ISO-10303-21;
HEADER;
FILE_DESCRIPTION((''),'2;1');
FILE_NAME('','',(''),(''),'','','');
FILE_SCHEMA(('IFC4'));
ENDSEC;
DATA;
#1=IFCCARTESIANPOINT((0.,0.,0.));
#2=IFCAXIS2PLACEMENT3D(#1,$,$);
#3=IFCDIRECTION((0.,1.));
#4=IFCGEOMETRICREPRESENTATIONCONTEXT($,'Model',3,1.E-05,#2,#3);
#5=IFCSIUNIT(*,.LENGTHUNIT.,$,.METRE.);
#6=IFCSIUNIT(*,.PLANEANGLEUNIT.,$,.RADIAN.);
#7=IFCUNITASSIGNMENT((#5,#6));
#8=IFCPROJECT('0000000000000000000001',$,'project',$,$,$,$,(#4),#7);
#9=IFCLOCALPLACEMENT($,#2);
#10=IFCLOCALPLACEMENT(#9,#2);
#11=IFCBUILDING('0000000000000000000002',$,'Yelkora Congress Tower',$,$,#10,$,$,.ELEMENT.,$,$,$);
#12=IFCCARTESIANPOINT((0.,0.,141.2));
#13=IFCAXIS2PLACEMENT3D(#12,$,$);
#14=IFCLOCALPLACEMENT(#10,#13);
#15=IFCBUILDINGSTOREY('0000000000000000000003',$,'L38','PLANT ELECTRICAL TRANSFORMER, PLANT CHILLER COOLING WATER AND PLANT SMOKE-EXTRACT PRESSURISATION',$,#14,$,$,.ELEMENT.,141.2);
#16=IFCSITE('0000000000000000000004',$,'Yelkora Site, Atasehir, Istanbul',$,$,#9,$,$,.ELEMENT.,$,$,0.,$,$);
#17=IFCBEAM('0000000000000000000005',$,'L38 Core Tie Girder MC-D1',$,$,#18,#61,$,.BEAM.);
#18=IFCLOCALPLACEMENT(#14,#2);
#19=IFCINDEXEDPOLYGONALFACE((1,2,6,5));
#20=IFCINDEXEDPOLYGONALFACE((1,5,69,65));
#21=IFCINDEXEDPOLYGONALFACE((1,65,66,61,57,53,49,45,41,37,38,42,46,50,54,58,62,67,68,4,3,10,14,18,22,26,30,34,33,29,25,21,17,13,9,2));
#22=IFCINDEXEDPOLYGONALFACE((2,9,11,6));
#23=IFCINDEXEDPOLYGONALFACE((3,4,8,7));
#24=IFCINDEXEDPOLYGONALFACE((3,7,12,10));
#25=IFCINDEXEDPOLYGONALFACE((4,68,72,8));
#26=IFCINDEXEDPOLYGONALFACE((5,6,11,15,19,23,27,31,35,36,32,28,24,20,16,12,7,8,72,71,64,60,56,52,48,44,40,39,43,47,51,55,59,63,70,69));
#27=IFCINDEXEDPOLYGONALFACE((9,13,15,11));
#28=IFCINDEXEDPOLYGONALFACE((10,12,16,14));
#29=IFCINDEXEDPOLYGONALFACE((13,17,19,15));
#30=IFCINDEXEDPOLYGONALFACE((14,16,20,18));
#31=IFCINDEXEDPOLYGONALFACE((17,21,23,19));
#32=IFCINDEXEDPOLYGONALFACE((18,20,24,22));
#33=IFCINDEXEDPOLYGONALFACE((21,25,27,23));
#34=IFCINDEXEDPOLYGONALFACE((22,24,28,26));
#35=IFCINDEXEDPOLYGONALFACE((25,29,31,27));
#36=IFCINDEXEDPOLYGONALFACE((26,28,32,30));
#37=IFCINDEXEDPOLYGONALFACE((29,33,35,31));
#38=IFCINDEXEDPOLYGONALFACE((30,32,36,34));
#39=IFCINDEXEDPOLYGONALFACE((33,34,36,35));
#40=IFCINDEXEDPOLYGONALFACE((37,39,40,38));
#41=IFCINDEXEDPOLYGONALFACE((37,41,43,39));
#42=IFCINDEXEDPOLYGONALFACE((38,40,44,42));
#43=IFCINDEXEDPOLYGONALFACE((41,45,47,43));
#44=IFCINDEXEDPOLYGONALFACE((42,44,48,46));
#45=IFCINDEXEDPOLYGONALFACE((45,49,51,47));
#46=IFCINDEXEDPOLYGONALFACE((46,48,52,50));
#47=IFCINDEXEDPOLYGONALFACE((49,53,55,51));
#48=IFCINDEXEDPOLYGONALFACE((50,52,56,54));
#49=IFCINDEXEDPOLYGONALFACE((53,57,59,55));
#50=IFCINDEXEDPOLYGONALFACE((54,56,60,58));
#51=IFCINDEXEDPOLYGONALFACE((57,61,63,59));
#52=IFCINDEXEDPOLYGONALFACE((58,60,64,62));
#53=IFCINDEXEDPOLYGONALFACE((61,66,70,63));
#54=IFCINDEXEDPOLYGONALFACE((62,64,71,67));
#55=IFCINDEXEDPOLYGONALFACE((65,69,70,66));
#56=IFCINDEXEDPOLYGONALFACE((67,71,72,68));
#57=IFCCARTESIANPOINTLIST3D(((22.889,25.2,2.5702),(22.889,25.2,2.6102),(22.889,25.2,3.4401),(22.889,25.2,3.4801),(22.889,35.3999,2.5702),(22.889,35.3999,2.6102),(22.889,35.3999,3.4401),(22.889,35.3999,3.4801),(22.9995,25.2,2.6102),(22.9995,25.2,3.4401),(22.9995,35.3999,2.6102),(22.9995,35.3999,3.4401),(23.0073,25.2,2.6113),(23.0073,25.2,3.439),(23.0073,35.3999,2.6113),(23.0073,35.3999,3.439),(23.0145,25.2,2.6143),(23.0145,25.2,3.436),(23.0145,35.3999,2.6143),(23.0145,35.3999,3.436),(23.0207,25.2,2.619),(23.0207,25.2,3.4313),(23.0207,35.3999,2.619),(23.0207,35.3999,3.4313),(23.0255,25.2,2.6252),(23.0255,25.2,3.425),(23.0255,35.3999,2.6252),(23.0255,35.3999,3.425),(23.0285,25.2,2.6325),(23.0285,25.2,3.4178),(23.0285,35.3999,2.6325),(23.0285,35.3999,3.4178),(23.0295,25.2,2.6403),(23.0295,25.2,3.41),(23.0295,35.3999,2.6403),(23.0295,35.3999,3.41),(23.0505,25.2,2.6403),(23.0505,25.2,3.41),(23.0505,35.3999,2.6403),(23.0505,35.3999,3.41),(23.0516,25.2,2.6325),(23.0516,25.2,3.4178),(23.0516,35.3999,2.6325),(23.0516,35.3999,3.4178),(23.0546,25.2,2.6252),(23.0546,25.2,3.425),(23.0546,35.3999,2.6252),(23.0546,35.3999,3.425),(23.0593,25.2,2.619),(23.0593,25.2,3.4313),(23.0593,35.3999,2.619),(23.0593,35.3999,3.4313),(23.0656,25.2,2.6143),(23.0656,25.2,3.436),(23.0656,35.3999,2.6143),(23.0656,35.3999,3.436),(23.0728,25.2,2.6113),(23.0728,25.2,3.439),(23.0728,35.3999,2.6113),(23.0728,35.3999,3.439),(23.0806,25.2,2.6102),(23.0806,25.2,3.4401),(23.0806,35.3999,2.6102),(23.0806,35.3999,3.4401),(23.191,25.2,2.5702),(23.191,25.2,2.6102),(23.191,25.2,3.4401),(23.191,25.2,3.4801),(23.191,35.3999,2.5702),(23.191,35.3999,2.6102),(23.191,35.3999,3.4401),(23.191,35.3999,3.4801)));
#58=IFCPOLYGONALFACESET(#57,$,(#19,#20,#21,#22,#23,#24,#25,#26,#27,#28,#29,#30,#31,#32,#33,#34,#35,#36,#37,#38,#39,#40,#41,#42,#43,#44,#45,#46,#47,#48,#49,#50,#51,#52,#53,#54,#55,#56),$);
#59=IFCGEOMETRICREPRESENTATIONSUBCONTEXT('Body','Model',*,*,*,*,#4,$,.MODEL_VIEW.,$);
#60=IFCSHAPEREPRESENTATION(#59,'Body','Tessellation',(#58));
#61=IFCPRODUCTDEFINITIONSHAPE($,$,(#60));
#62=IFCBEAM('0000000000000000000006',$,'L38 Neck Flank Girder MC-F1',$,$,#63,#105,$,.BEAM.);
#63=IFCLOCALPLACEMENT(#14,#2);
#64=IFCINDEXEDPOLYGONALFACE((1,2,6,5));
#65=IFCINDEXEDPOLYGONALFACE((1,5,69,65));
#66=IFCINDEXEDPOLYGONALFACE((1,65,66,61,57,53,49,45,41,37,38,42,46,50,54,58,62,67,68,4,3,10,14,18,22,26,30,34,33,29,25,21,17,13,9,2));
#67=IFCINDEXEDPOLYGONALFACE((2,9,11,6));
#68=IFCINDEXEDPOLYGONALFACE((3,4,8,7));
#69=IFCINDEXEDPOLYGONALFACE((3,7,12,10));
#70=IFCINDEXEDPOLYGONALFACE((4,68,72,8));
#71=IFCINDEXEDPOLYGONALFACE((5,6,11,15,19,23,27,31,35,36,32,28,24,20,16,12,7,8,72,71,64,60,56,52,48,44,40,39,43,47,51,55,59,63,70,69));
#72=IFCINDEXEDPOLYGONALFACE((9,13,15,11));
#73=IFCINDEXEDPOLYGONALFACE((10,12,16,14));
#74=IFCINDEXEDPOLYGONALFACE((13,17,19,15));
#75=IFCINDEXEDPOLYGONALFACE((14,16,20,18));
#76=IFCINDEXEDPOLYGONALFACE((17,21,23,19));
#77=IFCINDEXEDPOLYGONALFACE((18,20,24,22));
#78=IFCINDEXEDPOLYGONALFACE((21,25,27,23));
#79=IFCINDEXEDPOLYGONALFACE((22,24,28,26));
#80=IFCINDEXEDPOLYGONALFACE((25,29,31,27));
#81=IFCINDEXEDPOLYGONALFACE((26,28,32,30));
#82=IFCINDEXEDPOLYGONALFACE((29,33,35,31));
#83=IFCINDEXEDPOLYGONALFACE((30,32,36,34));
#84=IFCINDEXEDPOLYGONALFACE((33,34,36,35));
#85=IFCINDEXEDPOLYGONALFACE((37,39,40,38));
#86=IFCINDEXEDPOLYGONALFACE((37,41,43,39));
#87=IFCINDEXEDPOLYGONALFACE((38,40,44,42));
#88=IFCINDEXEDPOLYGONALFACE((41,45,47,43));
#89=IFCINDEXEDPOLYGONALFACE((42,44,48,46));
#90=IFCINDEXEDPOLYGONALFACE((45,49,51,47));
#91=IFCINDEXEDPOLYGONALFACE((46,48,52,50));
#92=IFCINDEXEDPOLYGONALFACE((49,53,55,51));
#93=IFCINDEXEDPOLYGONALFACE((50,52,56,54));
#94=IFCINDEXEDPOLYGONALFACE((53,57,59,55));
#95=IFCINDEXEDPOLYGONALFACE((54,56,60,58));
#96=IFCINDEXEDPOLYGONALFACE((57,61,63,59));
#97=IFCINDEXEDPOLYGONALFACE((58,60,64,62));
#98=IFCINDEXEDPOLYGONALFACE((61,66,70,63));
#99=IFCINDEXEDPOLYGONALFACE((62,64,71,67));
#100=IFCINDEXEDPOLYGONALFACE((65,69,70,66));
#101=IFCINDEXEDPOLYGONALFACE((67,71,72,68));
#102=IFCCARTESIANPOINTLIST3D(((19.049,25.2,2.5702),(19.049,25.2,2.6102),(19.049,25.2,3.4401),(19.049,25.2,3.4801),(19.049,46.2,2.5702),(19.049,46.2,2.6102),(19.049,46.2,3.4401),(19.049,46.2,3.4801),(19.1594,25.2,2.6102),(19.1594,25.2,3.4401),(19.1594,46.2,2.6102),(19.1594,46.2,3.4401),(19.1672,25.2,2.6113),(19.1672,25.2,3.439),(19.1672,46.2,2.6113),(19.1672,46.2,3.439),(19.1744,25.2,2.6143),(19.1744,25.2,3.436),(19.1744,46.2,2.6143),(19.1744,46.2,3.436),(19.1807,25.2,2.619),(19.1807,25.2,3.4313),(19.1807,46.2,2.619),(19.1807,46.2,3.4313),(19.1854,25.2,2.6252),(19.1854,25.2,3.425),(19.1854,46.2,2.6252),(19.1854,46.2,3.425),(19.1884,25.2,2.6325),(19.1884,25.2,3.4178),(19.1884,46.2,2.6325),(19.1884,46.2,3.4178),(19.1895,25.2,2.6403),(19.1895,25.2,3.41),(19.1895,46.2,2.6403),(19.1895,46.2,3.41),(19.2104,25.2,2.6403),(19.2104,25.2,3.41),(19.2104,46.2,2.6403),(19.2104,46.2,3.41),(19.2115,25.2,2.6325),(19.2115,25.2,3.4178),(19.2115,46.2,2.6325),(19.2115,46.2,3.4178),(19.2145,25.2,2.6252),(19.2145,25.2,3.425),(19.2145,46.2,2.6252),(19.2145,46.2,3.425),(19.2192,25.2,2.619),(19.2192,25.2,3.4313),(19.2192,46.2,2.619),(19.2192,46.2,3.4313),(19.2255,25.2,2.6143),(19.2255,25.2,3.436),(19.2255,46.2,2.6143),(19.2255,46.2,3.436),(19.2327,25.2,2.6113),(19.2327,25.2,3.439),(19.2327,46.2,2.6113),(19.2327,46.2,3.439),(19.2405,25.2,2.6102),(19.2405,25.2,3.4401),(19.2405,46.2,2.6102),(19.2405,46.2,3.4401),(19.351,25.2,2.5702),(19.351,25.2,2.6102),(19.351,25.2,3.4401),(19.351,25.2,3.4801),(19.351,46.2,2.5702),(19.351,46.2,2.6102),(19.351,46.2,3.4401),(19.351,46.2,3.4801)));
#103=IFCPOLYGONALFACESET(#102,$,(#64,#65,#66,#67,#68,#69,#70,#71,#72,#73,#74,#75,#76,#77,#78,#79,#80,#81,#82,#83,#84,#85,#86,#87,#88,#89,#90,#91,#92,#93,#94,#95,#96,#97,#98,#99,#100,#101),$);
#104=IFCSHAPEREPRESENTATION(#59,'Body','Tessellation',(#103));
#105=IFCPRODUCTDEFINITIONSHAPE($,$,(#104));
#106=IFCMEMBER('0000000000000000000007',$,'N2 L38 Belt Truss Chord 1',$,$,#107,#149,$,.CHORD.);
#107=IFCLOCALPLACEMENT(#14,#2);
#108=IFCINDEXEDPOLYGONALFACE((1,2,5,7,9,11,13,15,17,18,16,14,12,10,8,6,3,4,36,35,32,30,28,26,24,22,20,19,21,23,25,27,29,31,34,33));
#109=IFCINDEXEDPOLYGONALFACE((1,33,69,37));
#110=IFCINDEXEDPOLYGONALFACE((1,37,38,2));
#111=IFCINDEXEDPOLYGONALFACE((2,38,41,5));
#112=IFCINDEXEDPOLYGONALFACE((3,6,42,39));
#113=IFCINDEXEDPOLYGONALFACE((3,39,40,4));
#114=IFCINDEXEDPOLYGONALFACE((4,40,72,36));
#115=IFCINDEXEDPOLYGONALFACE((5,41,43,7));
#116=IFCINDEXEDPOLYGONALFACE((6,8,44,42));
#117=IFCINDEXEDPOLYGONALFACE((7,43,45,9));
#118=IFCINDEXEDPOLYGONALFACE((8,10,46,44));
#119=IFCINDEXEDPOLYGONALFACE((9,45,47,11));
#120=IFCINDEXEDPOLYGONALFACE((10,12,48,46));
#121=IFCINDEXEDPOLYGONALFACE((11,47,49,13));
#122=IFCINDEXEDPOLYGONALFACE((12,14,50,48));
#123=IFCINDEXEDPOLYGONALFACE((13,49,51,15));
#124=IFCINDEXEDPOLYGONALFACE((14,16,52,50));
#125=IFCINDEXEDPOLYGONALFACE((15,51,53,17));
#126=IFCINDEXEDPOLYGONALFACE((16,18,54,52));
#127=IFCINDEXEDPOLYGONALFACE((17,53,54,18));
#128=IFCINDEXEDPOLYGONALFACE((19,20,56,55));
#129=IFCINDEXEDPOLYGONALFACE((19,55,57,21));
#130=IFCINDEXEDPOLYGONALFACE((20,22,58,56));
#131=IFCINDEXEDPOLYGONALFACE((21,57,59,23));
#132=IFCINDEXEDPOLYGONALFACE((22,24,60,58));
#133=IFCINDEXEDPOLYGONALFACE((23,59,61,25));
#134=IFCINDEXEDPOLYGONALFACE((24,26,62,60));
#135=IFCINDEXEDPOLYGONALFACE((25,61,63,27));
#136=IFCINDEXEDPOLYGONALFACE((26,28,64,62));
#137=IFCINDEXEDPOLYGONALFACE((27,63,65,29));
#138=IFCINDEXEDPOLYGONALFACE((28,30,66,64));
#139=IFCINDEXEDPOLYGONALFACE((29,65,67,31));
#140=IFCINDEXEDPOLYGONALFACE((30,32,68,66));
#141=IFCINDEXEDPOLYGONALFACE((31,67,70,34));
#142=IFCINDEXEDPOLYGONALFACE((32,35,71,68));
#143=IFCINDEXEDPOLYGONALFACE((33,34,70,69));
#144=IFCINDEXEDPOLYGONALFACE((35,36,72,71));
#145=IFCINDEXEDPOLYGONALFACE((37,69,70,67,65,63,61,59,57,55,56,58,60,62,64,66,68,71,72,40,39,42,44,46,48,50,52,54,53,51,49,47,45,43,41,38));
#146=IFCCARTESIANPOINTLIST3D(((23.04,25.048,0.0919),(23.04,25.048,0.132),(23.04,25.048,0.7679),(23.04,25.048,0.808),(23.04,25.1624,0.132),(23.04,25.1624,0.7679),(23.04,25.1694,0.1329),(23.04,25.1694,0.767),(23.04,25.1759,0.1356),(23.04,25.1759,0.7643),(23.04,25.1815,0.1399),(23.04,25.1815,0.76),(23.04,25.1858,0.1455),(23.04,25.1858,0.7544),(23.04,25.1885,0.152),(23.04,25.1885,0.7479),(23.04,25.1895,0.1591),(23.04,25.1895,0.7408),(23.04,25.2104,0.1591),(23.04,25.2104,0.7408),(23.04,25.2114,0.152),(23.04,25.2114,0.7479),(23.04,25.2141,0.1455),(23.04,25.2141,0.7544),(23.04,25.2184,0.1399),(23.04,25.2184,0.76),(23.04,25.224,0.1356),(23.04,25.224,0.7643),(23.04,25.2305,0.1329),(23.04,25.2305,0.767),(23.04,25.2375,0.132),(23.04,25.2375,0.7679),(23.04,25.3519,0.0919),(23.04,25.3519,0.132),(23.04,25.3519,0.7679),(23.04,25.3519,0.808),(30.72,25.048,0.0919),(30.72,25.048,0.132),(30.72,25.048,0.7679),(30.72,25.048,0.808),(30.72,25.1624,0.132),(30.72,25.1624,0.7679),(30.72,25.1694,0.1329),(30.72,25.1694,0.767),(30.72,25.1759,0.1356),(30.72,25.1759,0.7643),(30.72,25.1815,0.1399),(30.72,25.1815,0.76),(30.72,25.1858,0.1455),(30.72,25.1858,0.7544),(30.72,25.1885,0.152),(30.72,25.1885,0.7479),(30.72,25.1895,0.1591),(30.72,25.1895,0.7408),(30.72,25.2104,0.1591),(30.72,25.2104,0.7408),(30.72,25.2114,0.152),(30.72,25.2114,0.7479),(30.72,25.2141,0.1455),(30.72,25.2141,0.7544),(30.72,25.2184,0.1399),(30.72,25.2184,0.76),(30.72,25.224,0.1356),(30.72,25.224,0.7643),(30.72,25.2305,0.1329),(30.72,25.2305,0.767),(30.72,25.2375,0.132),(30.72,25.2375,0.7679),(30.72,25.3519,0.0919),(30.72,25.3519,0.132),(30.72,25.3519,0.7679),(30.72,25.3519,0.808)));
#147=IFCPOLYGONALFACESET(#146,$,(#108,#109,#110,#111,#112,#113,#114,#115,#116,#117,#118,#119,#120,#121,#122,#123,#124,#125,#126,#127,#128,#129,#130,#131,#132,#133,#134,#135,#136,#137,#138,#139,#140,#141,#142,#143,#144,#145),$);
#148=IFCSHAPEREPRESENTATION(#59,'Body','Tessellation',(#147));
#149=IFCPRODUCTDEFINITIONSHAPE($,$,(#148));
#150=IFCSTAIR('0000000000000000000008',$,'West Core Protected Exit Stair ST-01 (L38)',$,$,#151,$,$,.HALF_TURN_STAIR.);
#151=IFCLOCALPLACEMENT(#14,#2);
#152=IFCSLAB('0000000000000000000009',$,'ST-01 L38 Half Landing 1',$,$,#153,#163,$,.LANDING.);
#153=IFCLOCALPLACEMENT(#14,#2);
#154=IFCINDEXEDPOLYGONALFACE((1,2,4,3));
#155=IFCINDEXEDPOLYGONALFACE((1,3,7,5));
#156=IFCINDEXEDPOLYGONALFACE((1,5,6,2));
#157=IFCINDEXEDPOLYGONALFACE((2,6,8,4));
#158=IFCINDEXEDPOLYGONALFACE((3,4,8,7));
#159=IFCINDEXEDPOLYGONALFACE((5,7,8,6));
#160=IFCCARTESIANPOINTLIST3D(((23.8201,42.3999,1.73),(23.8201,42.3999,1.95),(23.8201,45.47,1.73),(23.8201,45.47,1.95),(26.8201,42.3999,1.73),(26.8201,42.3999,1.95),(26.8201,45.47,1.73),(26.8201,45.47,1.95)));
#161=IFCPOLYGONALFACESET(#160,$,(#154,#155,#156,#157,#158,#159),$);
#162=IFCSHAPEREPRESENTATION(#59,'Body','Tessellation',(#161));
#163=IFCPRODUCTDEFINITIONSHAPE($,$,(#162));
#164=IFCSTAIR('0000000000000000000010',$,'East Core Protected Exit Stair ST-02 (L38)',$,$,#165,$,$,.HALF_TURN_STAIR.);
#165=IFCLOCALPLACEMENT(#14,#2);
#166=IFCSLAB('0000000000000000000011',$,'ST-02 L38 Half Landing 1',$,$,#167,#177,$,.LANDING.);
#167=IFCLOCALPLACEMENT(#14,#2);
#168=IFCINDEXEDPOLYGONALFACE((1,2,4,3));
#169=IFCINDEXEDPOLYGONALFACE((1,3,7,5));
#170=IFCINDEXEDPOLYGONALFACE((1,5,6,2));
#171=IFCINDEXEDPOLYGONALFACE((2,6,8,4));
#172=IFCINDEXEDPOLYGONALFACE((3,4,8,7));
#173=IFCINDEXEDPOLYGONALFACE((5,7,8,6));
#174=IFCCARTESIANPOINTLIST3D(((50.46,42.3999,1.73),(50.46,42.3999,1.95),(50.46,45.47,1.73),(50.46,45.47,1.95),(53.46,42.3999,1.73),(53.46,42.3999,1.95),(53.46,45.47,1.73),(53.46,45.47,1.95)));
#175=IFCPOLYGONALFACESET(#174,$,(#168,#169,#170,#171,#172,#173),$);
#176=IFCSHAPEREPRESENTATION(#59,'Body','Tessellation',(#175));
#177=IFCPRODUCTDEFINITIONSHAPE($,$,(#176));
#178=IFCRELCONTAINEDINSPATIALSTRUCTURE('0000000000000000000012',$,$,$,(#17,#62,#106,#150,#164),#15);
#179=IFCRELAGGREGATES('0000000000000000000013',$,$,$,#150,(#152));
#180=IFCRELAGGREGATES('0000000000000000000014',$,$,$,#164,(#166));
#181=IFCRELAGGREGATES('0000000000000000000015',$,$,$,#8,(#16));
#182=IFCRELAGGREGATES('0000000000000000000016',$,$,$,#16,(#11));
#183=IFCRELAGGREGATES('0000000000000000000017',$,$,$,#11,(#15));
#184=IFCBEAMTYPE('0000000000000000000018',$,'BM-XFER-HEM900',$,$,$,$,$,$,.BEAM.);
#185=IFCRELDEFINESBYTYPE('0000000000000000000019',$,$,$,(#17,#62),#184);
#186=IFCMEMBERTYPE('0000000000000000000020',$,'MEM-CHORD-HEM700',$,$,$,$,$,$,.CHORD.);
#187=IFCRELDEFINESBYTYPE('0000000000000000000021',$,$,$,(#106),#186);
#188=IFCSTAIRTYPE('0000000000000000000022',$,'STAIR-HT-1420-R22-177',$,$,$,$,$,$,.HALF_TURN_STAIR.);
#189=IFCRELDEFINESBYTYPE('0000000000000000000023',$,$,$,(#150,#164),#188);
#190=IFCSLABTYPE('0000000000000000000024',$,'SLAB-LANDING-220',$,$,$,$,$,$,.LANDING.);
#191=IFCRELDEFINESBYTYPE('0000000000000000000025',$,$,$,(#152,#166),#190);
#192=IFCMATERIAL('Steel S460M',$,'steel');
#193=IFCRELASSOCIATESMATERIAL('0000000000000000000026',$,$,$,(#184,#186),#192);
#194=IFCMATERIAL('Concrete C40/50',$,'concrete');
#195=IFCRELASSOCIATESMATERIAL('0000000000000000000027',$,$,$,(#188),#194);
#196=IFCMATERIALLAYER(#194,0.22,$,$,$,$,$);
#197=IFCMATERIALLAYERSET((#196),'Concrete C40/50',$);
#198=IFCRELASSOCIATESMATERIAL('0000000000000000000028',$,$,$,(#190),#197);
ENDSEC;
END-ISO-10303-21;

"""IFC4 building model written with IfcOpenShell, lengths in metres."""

from ifc_helpers import new_model, si_unit, direction, frame, origin, origin_2d, place, context, subcontext, project, spatial, polyline, i_section, outline, extrude, material, layer, layer_set, material_profile, profile_set, type_object, element, aggregate, save


model = new_model("IFC4")

# Units and contexts
model_context = context("Model", 3, precision=1e-05, world=origin(), true_north=direction((0.0, 1.0)))
body_context = subcontext(model_context, "Body", "Model", "MODEL_VIEW")
ifc_project = project(units=[si_unit("LENGTHUNIT", "METRE"), si_unit("PLANEANGLEUNIT", "RADIAN")], contexts=[model_context])

# Site, building, storey
site_placement = place(None, origin())
site = spatial("IfcSite", under=ifc_project, at=site_placement, Name="Yelkora Site, Atasehir, Istanbul", CompositionType="ELEMENT", RefElevation=0.0)
building_placement = place(site_placement, origin())
building = spatial("IfcBuilding", under=site, at=building_placement, Name="Yelkora Congress Tower", CompositionType="ELEMENT")
storey_placement = place(building_placement, frame((0.0, 0.0, 141.2)))
storey = spatial("IfcBuildingStorey", under=building, at=storey_placement, Name="L38", Description="PLANT ELECTRICAL TRANSFORMER, PLANT CHILLER COOLING WATER AND PLANT SMOKE-EXTRACT PRESSURISATION", CompositionType="ELEMENT", Elevation=141.2)

# Shared definitions
ifc_material_1 = material(Name="Steel S460M", Category="steel")

# Beams
ifc_material_profile_1 = material_profile(ifc_material_1, i_section(OverallWidth=0.302, OverallDepth=0.9099, WebThickness=0.021, FlangeThickness=0.04, FilletRadius=0.03, at=origin_2d()), Name="HEM 900")
ifc_profile_set_1 = profile_set([ifc_material_profile_1], Name="Steel S460M")
beam_type = type_object("IfcBeamType", Name="BM-XFER-HEM900", PredefinedType="BEAM", material=ifc_profile_set_1)
beam_1_placement = place(storey_placement, frame((23.04, 25.2, 3.0251), z_axis=(0.0, 1.0, 0.0), x_axis=(-1.0, 0.0, 0.0)))
element("IfcBeam", 1, at=beam_1_placement, inside=storey, type_object=beam_type, Name="L38 Core Tie Girder MC-D1", PredefinedType="BEAM", context=body_context, shape_type="SweptSolid", body=[
    extrude(i_section(OverallWidth=0.302, OverallDepth=0.9099, WebThickness=0.021, FlangeThickness=0.04, FilletRadius=0.03, at=origin_2d()), origin(), (0.0, 0.0, 1.0), 10.2),
])
beam_2_placement = place(storey_placement, frame((19.2, 25.2, 3.0251), z_axis=(0.0, 1.0, 0.0), x_axis=(-1.0, 0.0, 0.0)))
element("IfcBeam", 2, at=beam_2_placement, inside=storey, type_object=beam_type, Name="L38 Neck Flank Girder MC-F1", PredefinedType="BEAM", context=body_context, shape_type="SweptSolid", body=[
    extrude(i_section(OverallWidth=0.302, OverallDepth=0.9099, WebThickness=0.021, FlangeThickness=0.04, FilletRadius=0.03, at=origin_2d()), origin(), (0.0, 0.0, 1.0), 21.0),
])

# Member
ifc_material_profile_2 = material_profile(ifc_material_1, i_section(OverallWidth=0.304, OverallDepth=0.7161, WebThickness=0.021, FlangeThickness=0.04, FilletRadius=0.0271, at=origin_2d()), Name="HEM 700")
ifc_profile_set_2 = profile_set([ifc_material_profile_2], Name="Steel S460M")
member_type = type_object("IfcMemberType", Name="MEM-CHORD-HEM700", PredefinedType="CHORD", material=ifc_profile_set_2)
member_placement = place(storey_placement, frame((23.04, 25.2, 0.45), z_axis=(1.0, 0.0, 0.0), x_axis=(0.0, 1.0, 0.0)))
element("IfcMember", 3, at=member_placement, inside=storey, type_object=member_type, Name="N2 L38 Belt Truss Chord 1", PredefinedType="CHORD", context=body_context, shape_type="SweptSolid", body=[
    extrude(i_section(OverallWidth=0.304, OverallDepth=0.7161, WebThickness=0.021, FlangeThickness=0.04, FilletRadius=0.0271, at=origin_2d()), origin(), (0.0, 0.0, 1.0), 7.6799),
])

# Stairs, slabs
ifc_material_2 = material(Name="Concrete C40/50", Category="concrete")
stair_type = type_object("IfcStairType", Name="STAIR-HT-1420-R22-177", PredefinedType="HALF_TURN_STAIR", material=ifc_material_2)
stair_1_placement = place(storey_placement, origin())
stair_1 = element("IfcStair", 4, at=stair_1_placement, inside=storey, type_object=stair_type, Name="West Core Protected Exit Stair ST-01 (L38)", PredefinedType="HALF_TURN_STAIR")
ifc_layer_1 = layer(ifc_material_2, 0.22)
ifc_layer_set_1 = layer_set([ifc_layer_1], Name="Concrete C40/50")
slab_type_1 = type_object("IfcSlabType", Name="SLAB-LANDING-220", PredefinedType="LANDING", material=ifc_layer_set_1)
slab_1_placement = place(storey_placement, frame((0.0, 0.0, 1.73)))
slab_1 = element("IfcSlab", 5, at=slab_1_placement, type_object=slab_type_1, Name="ST-01 L38 Half Landing 1", PredefinedType="LANDING", context=body_context, shape_type="SweptSolid", body=[
    extrude(outline(polyline([(26.8201, 42.3999), (26.8201, 45.47), (23.8201, 45.47), (23.8201, 42.3999), (26.8201, 42.3999)])), origin(), (0.0, 0.0, 1.0), 0.22),
])
aggregate(stair_1, [slab_1])
stair_2_placement = place(storey_placement, origin())
stair_2 = element("IfcStair", 6, at=stair_2_placement, inside=storey, type_object=stair_type, Name="East Core Protected Exit Stair ST-02 (L38)", PredefinedType="HALF_TURN_STAIR")
slab_2_placement = place(storey_placement, frame((0.0, 0.0, 1.73)))
slab_2 = element("IfcSlab", 7, at=slab_2_placement, type_object=slab_type_1, Name="ST-02 L38 Half Landing 1", PredefinedType="LANDING", context=body_context, shape_type="SweptSolid", body=[
    extrude(outline(polyline([(53.46, 42.3999), (53.46, 45.47), (50.46, 45.47), (50.46, 42.3999), (53.46, 42.3999)])), origin(), (0.0, 0.0, 1.0), 0.22),
])
aggregate(stair_2, [slab_2])

save(model, "model.ifc")
